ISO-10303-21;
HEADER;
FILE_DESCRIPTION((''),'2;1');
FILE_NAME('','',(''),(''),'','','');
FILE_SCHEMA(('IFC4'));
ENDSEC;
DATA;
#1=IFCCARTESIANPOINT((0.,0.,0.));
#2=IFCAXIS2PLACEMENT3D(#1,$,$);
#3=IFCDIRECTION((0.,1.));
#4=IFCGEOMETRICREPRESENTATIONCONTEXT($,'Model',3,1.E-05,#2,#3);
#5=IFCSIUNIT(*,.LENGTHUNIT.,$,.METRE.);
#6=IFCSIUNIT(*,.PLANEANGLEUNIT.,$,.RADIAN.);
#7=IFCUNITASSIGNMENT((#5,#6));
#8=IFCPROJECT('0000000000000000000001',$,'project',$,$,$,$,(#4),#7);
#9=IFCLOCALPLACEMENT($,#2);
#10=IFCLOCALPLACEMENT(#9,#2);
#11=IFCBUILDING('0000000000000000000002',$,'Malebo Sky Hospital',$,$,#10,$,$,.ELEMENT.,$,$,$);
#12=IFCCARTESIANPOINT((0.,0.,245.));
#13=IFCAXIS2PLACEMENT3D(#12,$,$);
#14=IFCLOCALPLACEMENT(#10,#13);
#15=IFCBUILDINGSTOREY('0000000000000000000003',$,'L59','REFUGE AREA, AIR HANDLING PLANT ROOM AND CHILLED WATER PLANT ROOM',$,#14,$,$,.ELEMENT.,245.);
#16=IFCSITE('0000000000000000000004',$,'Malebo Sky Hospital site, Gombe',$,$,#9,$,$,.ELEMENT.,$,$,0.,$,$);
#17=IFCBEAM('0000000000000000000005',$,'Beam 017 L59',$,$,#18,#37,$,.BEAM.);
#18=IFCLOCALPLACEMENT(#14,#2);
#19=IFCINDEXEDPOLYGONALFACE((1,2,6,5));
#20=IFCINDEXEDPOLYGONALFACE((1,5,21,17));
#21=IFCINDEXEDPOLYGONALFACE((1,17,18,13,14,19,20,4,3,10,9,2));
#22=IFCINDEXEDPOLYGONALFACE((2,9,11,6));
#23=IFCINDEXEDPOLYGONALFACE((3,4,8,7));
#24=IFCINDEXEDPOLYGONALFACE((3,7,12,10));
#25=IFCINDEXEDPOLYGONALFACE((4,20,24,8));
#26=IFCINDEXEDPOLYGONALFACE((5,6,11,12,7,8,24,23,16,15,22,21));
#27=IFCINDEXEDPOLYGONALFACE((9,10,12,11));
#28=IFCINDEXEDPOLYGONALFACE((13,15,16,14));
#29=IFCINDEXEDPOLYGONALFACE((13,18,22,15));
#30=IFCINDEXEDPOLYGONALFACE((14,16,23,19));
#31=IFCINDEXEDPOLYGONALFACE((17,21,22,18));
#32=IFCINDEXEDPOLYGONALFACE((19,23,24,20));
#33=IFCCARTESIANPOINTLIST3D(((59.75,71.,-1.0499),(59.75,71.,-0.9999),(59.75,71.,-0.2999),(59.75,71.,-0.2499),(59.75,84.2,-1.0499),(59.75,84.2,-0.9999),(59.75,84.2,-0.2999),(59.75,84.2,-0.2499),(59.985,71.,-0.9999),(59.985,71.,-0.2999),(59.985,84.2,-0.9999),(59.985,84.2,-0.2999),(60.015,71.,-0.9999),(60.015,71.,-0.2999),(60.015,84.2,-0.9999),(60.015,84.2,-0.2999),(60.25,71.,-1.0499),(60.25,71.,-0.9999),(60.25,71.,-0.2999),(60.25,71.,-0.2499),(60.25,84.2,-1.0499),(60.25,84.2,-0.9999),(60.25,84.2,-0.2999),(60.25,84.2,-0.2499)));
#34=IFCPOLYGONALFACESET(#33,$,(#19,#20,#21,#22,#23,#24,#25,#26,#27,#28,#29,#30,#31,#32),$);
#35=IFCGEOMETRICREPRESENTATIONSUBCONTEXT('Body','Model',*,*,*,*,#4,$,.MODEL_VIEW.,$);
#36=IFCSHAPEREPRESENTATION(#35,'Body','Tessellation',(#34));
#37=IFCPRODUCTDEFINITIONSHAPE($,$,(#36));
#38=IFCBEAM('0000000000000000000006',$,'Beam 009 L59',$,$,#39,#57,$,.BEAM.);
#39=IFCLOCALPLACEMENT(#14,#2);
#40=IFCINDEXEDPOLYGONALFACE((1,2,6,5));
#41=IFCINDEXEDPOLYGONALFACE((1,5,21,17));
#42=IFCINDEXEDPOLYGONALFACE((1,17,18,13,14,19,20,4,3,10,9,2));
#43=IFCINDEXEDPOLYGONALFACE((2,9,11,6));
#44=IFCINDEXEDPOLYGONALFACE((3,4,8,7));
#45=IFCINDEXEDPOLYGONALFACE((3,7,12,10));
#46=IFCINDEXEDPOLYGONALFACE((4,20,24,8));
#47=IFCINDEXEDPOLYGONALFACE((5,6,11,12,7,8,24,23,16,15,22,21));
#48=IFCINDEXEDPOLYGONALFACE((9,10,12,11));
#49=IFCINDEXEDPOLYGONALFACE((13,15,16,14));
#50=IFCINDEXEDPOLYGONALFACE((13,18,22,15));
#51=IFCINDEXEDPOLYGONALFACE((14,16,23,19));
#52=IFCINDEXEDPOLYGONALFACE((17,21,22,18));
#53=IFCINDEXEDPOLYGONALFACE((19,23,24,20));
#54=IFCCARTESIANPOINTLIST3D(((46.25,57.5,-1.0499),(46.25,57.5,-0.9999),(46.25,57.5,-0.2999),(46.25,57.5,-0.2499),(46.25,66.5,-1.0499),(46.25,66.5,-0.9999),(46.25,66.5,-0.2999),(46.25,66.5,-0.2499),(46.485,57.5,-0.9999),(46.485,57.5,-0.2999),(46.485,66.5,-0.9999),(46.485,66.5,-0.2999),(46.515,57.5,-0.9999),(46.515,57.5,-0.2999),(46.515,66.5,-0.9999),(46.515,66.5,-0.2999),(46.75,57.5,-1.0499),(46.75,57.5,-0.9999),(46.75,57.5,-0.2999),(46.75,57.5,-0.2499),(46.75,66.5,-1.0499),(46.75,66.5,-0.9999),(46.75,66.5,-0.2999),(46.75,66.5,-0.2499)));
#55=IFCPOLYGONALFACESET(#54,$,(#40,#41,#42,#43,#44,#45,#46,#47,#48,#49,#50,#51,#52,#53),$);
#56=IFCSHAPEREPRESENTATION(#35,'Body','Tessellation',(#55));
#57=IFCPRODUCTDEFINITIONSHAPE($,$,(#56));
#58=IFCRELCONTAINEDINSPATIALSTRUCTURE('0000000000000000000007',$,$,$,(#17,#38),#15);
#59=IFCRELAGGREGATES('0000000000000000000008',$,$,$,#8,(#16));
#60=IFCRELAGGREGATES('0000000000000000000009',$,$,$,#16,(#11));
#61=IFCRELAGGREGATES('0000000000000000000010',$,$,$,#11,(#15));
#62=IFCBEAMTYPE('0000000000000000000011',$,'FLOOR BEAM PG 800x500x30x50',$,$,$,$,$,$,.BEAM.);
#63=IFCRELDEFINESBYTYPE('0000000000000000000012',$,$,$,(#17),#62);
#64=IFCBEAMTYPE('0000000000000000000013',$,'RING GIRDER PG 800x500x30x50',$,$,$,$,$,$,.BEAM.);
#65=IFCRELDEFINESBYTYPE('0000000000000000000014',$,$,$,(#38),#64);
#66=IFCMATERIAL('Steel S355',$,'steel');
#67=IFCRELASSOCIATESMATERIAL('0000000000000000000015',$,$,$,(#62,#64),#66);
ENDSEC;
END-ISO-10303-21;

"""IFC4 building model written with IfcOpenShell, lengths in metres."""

from ifc_helpers import new_model, si_unit, direction, frame, origin, origin_2d, place, context, subcontext, project, spatial, i_section, extrude, material, material_profile, profile_set, type_object, element, save


model = new_model("IFC4")

# Units and contexts
model_context = context("Model", 3, precision=1e-05, world=origin(), true_north=direction((0.0, 1.0)))
body_context = subcontext(model_context, "Body", "Model", "MODEL_VIEW")
ifc_project = project(units=[si_unit("LENGTHUNIT", "METRE"), si_unit("PLANEANGLEUNIT", "RADIAN")], contexts=[model_context])

# Site, building, storey
site_placement = place(None, origin())
site = spatial("IfcSite", under=ifc_project, at=site_placement, Name="Malebo Sky Hospital site, Gombe", CompositionType="ELEMENT", RefElevation=0.0)
building_placement = place(site_placement, origin())
building = spatial("IfcBuilding", under=site, at=building_placement, Name="Malebo Sky Hospital", CompositionType="ELEMENT")
storey_placement = place(building_placement, frame((0.0, 0.0, 245.0)))
storey = spatial("IfcBuildingStorey", under=building, at=storey_placement, Name="L59", Description="REFUGE AREA, AIR HANDLING PLANT ROOM AND CHILLED WATER PLANT ROOM", CompositionType="ELEMENT", Elevation=245.0)

# Beams
ifc_material = material(Name="Steel S355", Category="steel")
ifc_material_profile_1 = material_profile(ifc_material, i_section(OverallWidth=0.5, OverallDepth=0.8, WebThickness=0.03, FlangeThickness=0.05, at=origin_2d()), Name="PG 800x500x30x50")
ifc_profile_set_1 = profile_set([ifc_material_profile_1], Name="Steel S355")
beam_type_1 = type_object("IfcBeamType", Name="FLOOR BEAM PG 800x500x30x50", PredefinedType="BEAM", material=ifc_profile_set_1)
for number, where, z_axis, x_axis, name in (
    (1, (60.0, 71.0, -0.6499), (0.0, 1.0, 0.0), (-1.0, 0.0, 0.0), "Beam 017 L59"),
):
    element("IfcBeam", number, at=place(storey_placement, frame(where, z_axis=z_axis, x_axis=x_axis)), inside=storey, type_object=beam_type_1, Name=name, PredefinedType="BEAM", context=body_context, shape_type="SweptSolid", body=[
        extrude(i_section(OverallWidth=0.5, OverallDepth=0.8, WebThickness=0.03, FlangeThickness=0.05, at=origin_2d()), origin(), (0.0, 0.0, 1.0), 13.2),
    ])
ifc_material_profile_2 = material_profile(ifc_material, i_section(OverallWidth=0.5, OverallDepth=0.8, WebThickness=0.03, FlangeThickness=0.05, at=origin_2d()), Name="PG 800x500x30x50")
ifc_profile_set_2 = profile_set([ifc_material_profile_2], Name="Steel S355")
beam_type_2 = type_object("IfcBeamType", Name="RING GIRDER PG 800x500x30x50", PredefinedType="BEAM", material=ifc_profile_set_2)
beam_1_placement = place(storey_placement, frame((46.5, 57.5, -0.6499), z_axis=(0.0, 1.0, 0.0), x_axis=(-1.0, 0.0, 0.0)))
element("IfcBeam", 2, at=beam_1_placement, inside=storey, type_object=beam_type_2, Name="Beam 009 L59", PredefinedType="BEAM", context=body_context, shape_type="SweptSolid", body=[
    extrude(i_section(OverallWidth=0.5, OverallDepth=0.8, WebThickness=0.03, FlangeThickness=0.05, at=origin_2d()), origin(), (0.0, 0.0, 1.0), 9.0),
])

save(model, "model.ifc")
